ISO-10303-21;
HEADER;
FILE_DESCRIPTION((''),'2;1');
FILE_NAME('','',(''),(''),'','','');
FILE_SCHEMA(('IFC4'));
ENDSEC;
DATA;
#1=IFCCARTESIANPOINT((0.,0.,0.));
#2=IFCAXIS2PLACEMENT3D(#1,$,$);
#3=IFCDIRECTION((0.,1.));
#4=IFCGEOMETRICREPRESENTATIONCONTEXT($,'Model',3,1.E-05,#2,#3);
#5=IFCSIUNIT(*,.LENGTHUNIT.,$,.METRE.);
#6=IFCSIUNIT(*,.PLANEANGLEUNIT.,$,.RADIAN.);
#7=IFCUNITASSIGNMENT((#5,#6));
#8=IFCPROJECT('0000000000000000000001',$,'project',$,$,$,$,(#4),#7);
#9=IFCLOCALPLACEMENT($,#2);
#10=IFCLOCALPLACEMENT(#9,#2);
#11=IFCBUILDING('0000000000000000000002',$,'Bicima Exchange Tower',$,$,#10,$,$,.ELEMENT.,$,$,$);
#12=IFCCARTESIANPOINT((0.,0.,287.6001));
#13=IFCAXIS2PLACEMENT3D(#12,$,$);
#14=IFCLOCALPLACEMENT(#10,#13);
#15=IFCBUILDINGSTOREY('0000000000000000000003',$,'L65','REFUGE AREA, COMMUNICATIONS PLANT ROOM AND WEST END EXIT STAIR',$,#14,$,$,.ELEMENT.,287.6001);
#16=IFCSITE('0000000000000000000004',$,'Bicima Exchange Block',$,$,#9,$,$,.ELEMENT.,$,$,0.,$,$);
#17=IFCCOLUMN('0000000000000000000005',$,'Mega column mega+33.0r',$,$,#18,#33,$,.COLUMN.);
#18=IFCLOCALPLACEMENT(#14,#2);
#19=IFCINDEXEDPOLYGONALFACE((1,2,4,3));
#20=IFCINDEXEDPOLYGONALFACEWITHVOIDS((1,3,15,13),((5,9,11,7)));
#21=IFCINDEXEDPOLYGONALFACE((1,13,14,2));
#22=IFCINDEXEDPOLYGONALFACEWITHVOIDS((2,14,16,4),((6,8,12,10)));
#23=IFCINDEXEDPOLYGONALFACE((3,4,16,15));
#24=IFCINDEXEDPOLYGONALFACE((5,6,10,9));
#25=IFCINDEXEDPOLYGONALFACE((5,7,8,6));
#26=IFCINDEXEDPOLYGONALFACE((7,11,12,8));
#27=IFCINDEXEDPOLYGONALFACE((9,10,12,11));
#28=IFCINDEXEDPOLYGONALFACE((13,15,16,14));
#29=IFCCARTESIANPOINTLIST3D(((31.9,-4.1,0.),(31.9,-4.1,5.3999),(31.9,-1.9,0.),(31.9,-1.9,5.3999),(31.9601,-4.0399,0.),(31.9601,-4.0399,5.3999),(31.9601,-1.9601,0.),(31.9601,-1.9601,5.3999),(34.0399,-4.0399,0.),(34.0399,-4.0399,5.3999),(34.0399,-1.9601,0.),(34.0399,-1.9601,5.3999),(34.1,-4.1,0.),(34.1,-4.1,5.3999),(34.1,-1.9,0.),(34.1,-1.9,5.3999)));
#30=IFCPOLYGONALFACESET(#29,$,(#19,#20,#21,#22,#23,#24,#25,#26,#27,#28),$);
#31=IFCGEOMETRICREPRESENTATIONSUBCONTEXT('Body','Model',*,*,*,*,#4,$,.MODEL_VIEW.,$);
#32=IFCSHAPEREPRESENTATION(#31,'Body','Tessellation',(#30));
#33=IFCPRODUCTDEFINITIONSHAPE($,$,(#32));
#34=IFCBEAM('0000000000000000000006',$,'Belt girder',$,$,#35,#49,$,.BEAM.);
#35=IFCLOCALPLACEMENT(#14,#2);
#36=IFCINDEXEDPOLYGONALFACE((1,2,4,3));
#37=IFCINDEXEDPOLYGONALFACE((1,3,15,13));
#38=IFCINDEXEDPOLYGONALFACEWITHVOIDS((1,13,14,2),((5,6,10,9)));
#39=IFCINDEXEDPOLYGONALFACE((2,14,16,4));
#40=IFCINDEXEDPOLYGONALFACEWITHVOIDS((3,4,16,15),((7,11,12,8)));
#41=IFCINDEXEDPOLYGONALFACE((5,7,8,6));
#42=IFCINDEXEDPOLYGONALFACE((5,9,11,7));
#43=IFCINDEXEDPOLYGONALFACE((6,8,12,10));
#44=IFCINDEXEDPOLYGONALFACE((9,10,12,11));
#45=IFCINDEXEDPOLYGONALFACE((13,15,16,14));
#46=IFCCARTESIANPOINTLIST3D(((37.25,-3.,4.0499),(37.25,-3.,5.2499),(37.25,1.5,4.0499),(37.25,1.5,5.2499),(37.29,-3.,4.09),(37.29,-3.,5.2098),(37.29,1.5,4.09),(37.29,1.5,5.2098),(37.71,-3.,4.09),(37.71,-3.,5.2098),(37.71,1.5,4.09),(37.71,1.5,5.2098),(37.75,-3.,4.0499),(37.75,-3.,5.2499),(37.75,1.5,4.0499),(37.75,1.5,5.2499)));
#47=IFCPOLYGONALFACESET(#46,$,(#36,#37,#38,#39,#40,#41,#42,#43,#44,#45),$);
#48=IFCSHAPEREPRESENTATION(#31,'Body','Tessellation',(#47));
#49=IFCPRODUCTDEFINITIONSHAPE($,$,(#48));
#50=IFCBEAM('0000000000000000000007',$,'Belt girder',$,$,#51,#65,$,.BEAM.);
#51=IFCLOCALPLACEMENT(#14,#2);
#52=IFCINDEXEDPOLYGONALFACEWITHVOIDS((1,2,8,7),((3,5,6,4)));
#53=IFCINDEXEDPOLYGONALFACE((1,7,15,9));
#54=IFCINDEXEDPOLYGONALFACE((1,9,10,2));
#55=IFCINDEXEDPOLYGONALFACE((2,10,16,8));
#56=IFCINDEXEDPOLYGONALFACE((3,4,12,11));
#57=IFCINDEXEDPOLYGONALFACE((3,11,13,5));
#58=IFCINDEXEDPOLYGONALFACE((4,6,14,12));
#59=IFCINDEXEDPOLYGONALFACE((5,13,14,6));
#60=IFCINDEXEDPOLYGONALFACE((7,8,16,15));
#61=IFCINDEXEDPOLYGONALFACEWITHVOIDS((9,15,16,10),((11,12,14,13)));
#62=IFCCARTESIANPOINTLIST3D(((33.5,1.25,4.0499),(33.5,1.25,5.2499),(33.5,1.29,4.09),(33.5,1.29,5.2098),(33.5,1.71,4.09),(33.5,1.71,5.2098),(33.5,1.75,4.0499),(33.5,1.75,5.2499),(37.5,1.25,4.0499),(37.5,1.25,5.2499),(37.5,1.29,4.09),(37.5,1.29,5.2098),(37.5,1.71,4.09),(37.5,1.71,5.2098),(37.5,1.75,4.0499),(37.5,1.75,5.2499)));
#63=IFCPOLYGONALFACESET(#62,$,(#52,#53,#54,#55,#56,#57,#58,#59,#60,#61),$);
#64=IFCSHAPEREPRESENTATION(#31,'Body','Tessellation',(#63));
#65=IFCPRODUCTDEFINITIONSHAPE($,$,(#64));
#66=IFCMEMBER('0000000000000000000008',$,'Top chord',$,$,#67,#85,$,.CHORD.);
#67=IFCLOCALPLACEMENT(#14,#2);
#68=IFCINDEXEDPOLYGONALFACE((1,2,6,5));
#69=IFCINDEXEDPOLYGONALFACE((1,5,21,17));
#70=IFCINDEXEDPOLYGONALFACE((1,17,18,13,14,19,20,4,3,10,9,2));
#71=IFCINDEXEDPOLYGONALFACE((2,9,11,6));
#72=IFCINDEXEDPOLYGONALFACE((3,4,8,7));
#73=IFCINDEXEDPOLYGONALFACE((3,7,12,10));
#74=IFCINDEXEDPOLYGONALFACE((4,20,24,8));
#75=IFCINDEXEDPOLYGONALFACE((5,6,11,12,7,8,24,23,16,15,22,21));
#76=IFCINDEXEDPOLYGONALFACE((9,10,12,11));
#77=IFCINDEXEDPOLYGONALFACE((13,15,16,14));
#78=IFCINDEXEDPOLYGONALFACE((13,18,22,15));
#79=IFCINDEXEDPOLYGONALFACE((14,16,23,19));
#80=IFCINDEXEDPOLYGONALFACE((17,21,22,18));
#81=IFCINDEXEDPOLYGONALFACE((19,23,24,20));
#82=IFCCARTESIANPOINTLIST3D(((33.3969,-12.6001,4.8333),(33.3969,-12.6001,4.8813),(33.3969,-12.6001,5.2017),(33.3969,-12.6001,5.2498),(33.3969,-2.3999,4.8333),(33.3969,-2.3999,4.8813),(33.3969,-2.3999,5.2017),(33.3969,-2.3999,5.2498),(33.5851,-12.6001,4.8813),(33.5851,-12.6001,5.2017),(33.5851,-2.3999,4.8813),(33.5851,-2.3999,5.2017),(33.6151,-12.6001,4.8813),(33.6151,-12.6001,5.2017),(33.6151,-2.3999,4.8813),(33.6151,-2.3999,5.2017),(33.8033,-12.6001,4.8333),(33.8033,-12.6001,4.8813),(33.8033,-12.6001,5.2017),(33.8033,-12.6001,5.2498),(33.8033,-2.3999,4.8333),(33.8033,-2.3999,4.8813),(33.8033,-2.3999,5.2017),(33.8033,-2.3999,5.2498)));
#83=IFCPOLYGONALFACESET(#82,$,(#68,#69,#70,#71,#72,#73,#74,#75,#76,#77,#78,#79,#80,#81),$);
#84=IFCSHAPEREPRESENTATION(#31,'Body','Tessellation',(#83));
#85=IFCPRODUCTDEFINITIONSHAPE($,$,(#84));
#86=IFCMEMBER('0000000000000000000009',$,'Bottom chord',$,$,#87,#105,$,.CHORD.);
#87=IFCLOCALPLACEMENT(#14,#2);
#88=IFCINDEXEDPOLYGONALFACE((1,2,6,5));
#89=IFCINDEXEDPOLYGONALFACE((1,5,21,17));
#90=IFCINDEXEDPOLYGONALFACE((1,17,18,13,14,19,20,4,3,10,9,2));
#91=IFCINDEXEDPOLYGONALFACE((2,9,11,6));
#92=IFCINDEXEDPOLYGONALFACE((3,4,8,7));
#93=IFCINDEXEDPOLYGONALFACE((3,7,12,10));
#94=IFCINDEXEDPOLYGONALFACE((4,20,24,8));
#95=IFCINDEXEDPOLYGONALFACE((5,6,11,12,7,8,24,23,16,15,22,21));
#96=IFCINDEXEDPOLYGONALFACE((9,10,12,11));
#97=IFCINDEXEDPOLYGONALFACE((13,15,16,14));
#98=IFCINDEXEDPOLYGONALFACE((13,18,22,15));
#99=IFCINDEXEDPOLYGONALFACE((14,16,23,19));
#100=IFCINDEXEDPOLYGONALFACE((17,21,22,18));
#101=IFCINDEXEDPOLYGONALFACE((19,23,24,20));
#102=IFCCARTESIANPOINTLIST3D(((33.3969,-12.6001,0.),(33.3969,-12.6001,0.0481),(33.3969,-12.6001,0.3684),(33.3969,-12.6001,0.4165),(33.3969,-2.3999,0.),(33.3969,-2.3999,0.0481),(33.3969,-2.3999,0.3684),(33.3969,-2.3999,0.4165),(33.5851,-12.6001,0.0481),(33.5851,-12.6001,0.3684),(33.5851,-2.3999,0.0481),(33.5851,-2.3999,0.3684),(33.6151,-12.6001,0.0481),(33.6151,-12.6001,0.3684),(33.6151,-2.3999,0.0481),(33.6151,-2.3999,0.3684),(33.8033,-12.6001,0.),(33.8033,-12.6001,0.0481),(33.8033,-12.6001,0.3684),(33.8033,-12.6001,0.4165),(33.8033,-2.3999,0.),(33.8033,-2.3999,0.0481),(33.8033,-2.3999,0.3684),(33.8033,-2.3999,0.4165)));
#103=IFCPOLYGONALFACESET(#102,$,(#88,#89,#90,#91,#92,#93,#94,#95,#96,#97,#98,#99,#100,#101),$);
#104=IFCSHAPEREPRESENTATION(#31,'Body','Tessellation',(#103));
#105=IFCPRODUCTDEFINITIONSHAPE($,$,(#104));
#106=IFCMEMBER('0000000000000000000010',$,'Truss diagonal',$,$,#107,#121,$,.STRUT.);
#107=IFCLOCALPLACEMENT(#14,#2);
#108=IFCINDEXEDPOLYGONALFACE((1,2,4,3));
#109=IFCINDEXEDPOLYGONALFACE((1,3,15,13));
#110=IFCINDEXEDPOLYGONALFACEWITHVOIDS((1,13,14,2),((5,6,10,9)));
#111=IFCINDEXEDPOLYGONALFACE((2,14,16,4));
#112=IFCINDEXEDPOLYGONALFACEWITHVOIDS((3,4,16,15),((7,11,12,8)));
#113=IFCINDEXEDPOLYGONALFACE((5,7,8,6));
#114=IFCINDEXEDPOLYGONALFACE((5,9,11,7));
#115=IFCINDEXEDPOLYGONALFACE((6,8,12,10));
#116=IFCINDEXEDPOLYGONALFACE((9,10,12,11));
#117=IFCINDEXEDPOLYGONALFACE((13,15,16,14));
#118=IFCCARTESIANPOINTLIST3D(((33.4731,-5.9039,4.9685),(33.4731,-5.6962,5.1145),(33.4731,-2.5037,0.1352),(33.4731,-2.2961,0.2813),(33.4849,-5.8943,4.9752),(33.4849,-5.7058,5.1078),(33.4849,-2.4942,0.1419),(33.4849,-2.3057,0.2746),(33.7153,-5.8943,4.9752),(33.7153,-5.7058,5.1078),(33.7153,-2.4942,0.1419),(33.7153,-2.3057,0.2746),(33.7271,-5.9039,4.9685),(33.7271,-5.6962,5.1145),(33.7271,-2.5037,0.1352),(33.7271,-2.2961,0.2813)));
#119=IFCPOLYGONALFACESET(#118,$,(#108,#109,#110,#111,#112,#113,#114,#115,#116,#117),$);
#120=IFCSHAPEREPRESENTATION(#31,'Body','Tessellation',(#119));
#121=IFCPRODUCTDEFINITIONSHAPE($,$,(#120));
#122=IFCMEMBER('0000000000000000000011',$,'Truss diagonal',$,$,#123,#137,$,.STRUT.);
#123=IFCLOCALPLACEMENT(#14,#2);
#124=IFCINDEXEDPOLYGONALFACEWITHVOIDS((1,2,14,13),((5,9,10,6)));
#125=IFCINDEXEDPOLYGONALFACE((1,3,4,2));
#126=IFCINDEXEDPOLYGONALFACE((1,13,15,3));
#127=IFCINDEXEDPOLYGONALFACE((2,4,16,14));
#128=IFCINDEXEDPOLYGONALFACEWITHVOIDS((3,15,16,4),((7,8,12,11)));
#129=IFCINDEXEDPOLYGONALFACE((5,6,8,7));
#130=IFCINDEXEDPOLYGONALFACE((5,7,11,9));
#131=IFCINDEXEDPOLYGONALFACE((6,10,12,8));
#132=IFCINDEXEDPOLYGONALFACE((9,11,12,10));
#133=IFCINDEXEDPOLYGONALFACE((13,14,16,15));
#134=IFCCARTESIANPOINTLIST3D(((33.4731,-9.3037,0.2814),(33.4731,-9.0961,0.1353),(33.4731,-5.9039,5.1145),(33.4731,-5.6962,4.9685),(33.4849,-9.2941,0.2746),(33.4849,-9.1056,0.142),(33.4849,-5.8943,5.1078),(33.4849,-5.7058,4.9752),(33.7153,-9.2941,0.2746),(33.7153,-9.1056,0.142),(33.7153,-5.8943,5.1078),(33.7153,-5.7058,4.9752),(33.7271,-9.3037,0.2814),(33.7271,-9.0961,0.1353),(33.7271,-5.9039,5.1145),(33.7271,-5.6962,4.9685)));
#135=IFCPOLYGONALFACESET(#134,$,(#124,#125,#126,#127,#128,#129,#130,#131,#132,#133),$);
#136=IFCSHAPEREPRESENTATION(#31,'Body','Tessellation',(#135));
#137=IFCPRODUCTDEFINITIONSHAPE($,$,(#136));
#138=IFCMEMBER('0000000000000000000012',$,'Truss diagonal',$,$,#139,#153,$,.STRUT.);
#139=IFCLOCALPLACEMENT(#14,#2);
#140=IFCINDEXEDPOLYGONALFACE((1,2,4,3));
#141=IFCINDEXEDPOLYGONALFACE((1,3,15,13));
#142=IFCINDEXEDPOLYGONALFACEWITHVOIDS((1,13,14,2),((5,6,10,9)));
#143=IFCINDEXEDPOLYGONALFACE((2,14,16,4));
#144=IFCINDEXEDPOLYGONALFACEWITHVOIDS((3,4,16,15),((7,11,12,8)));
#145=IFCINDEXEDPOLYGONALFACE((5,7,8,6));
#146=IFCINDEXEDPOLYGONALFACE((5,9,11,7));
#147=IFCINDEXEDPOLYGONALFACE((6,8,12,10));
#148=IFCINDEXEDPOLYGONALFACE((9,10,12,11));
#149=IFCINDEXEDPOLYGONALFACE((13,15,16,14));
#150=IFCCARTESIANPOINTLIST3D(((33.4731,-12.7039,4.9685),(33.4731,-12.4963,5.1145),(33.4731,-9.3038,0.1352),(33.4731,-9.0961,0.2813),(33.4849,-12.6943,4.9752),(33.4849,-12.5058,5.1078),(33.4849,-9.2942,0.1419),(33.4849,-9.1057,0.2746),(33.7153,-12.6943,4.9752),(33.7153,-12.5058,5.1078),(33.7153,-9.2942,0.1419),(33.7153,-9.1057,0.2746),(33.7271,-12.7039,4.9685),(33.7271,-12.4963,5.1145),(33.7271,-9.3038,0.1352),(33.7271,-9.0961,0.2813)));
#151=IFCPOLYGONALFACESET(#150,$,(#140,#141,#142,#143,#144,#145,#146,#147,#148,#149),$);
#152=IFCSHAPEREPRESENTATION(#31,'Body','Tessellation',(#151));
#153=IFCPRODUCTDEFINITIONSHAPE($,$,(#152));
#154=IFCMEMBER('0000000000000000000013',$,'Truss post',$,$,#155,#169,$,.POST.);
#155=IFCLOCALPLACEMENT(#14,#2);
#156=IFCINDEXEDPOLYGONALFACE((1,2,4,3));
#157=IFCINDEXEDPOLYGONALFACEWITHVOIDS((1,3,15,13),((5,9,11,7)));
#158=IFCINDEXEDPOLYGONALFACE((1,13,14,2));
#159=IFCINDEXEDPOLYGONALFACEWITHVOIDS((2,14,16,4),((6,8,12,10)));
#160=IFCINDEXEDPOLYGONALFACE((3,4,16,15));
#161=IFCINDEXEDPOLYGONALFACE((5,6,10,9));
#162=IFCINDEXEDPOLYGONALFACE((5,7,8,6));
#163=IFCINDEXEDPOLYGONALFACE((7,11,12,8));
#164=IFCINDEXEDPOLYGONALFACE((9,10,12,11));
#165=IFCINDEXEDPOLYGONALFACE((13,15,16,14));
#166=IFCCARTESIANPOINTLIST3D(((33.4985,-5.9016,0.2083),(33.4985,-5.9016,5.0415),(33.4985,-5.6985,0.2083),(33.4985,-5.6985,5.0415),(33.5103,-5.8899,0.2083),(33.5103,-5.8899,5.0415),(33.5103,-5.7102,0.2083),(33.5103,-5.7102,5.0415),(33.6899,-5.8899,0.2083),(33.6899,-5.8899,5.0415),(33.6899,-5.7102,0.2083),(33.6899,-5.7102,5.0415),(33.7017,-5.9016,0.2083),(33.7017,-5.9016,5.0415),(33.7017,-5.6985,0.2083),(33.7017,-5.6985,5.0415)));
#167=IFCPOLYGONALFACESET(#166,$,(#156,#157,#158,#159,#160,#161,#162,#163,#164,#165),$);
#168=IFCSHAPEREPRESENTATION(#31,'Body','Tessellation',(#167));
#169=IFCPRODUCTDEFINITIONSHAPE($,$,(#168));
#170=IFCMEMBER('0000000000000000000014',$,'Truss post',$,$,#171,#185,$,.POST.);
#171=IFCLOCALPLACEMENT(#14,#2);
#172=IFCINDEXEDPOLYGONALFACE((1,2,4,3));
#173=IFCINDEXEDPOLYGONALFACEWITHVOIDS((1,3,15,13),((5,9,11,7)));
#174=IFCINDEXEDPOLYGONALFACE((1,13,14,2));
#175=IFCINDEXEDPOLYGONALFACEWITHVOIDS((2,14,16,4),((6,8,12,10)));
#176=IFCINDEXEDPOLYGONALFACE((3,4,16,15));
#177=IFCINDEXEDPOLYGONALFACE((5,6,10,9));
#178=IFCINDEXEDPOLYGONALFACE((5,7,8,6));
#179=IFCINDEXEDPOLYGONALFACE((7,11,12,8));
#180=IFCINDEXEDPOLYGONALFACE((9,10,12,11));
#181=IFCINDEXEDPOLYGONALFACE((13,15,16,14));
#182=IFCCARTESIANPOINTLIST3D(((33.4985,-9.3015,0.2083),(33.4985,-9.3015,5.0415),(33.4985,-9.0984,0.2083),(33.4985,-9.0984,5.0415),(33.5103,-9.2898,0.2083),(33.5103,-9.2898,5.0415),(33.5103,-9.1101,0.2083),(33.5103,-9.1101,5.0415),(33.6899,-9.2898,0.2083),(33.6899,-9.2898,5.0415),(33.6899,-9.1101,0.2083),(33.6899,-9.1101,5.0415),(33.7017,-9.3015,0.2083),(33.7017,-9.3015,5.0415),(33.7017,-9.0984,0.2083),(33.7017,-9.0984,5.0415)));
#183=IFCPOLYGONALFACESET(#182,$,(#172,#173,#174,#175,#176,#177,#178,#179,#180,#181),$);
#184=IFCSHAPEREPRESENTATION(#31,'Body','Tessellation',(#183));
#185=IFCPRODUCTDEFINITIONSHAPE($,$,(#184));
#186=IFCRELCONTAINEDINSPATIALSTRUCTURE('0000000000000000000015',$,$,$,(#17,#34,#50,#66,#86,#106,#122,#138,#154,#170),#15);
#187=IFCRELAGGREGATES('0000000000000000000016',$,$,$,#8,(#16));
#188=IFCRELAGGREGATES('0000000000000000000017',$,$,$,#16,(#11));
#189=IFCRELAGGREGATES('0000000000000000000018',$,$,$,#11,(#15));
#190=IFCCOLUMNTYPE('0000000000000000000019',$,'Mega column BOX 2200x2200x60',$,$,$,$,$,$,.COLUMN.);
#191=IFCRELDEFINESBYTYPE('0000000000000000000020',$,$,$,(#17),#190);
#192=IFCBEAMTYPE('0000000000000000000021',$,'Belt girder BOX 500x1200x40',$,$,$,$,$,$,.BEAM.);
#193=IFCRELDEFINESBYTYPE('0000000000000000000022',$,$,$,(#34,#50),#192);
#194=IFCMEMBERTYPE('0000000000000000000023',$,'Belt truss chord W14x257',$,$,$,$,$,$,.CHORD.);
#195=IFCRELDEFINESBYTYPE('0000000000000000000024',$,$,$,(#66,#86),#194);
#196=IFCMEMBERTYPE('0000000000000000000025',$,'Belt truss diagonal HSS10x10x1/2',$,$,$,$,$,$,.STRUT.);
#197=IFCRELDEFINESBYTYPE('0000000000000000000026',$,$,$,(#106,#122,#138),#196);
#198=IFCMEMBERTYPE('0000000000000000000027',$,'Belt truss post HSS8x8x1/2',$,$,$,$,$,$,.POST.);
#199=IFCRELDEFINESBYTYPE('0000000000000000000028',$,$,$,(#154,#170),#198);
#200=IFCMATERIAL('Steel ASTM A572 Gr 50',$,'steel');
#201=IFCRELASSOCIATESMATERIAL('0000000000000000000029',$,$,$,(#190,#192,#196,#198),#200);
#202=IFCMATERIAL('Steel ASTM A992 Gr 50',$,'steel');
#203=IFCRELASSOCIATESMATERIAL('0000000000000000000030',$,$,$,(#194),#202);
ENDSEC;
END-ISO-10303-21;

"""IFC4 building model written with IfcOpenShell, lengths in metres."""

from ifc_helpers import new_model, si_unit, direction, frame, origin, origin_2d, place, context, subcontext, project, spatial, hollow_rectangle, i_section, extrude, material, material_profile, profile_set, type_object, element, save


model = new_model("IFC4")

# Units and contexts
model_context = context("Model", 3, precision=1e-05, world=origin(), true_north=direction((0.0, 1.0)))
body_context = subcontext(model_context, "Body", "Model", "MODEL_VIEW")
ifc_project = project(units=[si_unit("LENGTHUNIT", "METRE"), si_unit("PLANEANGLEUNIT", "RADIAN")], contexts=[model_context])

# Site, building, storey
site_placement = place(None, origin())
site = spatial("IfcSite", under=ifc_project, at=site_placement, Name="Bicima Exchange Block", CompositionType="ELEMENT", RefElevation=0.0)
building_placement = place(site_placement, origin())
building = spatial("IfcBuilding", under=site, at=building_placement, Name="Bicima Exchange Tower", CompositionType="ELEMENT")
storey_placement = place(building_placement, frame((0.0, 0.0, 287.6001)))
storey = spatial("IfcBuildingStorey", under=building, at=storey_placement, Name="L65", Description="REFUGE AREA, COMMUNICATIONS PLANT ROOM AND WEST END EXIT STAIR", CompositionType="ELEMENT", Elevation=287.6001)

# Column
ifc_material_1 = material(Name="Steel ASTM A572 Gr 50", Category="steel")
ifc_material_profile_1 = material_profile(ifc_material_1, hollow_rectangle(XDim=2.2, YDim=2.2, WallThickness=0.0601, at=origin_2d()))
ifc_profile_set_1 = profile_set([ifc_material_profile_1], Name="Steel ASTM A572 Gr 50")
column_type = type_object("IfcColumnType", Name="Mega column BOX 2200x2200x60", PredefinedType="COLUMN", material=ifc_profile_set_1)
column_placement = place(storey_placement, frame((33.0, -3.0, 0.0), z_axis=(0.0, 0.0, 1.0), x_axis=(1.0, 0.0, 0.0)))
element("IfcColumn", 1, at=column_placement, inside=storey, type_object=column_type, Name="Mega column mega+33.0r", PredefinedType="COLUMN", context=body_context, shape_type="SweptSolid", body=[
    extrude(hollow_rectangle(XDim=2.2, YDim=2.2, WallThickness=0.0601, at=origin_2d()), origin(), (0.0, 0.0, 1.0), 5.3999),
])

# Beams
ifc_material_profile_2 = material_profile(ifc_material_1, hollow_rectangle(XDim=0.5, YDim=1.2, WallThickness=0.04, at=origin_2d()))
ifc_profile_set_2 = profile_set([ifc_material_profile_2], Name="Steel ASTM A572 Gr 50")
beam_type_1 = type_object("IfcBeamType", Name="Belt girder BOX 500x1200x40", PredefinedType="BEAM", material=ifc_profile_set_2)
beam_1_placement = place(storey_placement, frame((37.5, -3.0, 4.6499), z_axis=(0.0, 1.0, 0.0), x_axis=(-1.0, 0.0, 0.0)))
element("IfcBeam", 2, at=beam_1_placement, inside=storey, type_object=beam_type_1, Name="Belt girder", PredefinedType="BEAM", context=body_context, shape_type="SweptSolid", body=[
    extrude(hollow_rectangle(XDim=0.5, YDim=1.2, WallThickness=0.04, at=origin_2d()), origin(), (0.0, 0.0, 1.0), 4.5),
])
beam_2_placement = place(storey_placement, frame((37.5, 1.5, 4.6499), z_axis=(-1.0, 0.0, 0.0), x_axis=(0.0, -1.0, 0.0)))
element("IfcBeam", 3, at=beam_2_placement, inside=storey, type_object=beam_type_1, Name="Belt girder", PredefinedType="BEAM", context=body_context, shape_type="SweptSolid", body=[
    extrude(hollow_rectangle(XDim=0.5, YDim=1.2, WallThickness=0.04, at=origin_2d()), origin(), (0.0, 0.0, 1.0), 4.0),
])

# Members
ifc_material_2 = material(Name="Steel ASTM A992 Gr 50", Category="steel")
ifc_material_profile_3 = material_profile(ifc_material_2, i_section(OverallWidth=0.4065, OverallDepth=0.4165, WebThickness=0.03, FlangeThickness=0.0481, at=origin_2d()))
ifc_profile_set_3 = profile_set([ifc_material_profile_3], Name="Steel ASTM A992 Gr 50")
member_type_1 = type_object("IfcMemberType", Name="Belt truss chord W14x257", PredefinedType="CHORD", material=ifc_profile_set_3)
for number, where, z_axis, x_axis, name in (
    (4, (33.6001, -2.3999, 5.0415), (0.0, -1.0, 0.0), (1.0, 0.0, 0.0), "Top chord"),
    (5, (33.6001, -2.3999, 0.2083), (0.0, -1.0, 0.0), (1.0, 0.0, 0.0), "Bottom chord"),
):
    element("IfcMember", number, at=place(storey_placement, frame(where, z_axis=z_axis, x_axis=x_axis)), inside=storey, type_object=member_type_1, Name=name, PredefinedType="CHORD", context=body_context, shape_type="SweptSolid", body=[
        extrude(i_section(OverallWidth=0.4065, OverallDepth=0.4165, WebThickness=0.03, FlangeThickness=0.0481, at=origin_2d()), origin(), (0.0, 0.0, 1.0), 10.2002),
    ])
ifc_material_profile_4 = material_profile(ifc_material_1, hollow_rectangle(XDim=0.2539, YDim=0.2539, WallThickness=0.0117, at=origin_2d()))
ifc_profile_set_4 = profile_set([ifc_material_profile_4], Name="Steel ASTM A572 Gr 50")
member_type_2 = type_object("IfcMemberType", Name="Belt truss diagonal HSS10x10x1/2", PredefinedType="STRUT", material=ifc_profile_set_4)
member_1_placement = place(storey_placement, frame((33.6001, -2.3999, 0.2083), z_axis=(0.0, -0.575377, 0.817889), x_axis=(1.0, 0.0, 0.0)))
element("IfcMember", 6, at=member_1_placement, inside=storey, type_object=member_type_2, Name="Truss diagonal", PredefinedType="STRUT", context=body_context, shape_type="SweptSolid", body=[
    extrude(hollow_rectangle(XDim=0.2539, YDim=0.2539, WallThickness=0.0117, at=origin_2d()), origin(), (0.0, 0.0, 1.0), 5.9094),
])
member_2_placement = place(storey_placement, frame((33.6001, -5.8, 5.0415), z_axis=(0.0, -0.575349, -0.817908), x_axis=(1.0, 0.0, 0.0)))
element("IfcMember", 7, at=member_2_placement, inside=storey, type_object=member_type_2, Name="Truss diagonal", PredefinedType="STRUT", context=body_context, shape_type="SweptSolid", body=[
    extrude(hollow_rectangle(XDim=0.2539, YDim=0.2539, WallThickness=0.0117, at=origin_2d()), origin(), (0.0, 0.0, 1.0), 5.9092),
])
member_3_placement = place(storey_placement, frame((33.6001, -9.2, 0.2083), z_axis=(0.0, -0.575377, 0.817889), x_axis=(1.0, 0.0, 0.0)))
element("IfcMember", 8, at=member_3_placement, inside=storey, type_object=member_type_2, Name="Truss diagonal", PredefinedType="STRUT", context=body_context, shape_type="SweptSolid", body=[
    extrude(hollow_rectangle(XDim=0.2539, YDim=0.2539, WallThickness=0.0117, at=origin_2d()), origin(), (0.0, 0.0, 1.0), 5.9094),
])
ifc_material_profile_5 = material_profile(ifc_material_1, hollow_rectangle(XDim=0.2031, YDim=0.2031, WallThickness=0.0117, at=origin_2d()))
ifc_profile_set_5 = profile_set([ifc_material_profile_5], Name="Steel ASTM A572 Gr 50")
member_type_3 = type_object("IfcMemberType", Name="Belt truss post HSS8x8x1/2", PredefinedType="POST", material=ifc_profile_set_5)
for number, where, z_axis, x_axis, name in (
    (9, (33.6001, -5.8, 0.2083), (0.0, 0.0, 1.0), (1.0, 0.0, 0.0), "Truss post"),
    (10, (33.6001, -9.2, 0.2083), (0.0, 0.0, 1.0), (1.0, 0.0, 0.0), "Truss post"),
):
    element("IfcMember", number, at=place(storey_placement, frame(where, z_axis=z_axis, x_axis=x_axis)), inside=storey, type_object=member_type_3, Name=name, PredefinedType="POST", context=body_context, shape_type="SweptSolid", body=[
        extrude(hollow_rectangle(XDim=0.2031, YDim=0.2031, WallThickness=0.0117, at=origin_2d()), origin(), (0.0, 0.0, 1.0), 4.8333),
    ])

save(model, "model.ifc")
